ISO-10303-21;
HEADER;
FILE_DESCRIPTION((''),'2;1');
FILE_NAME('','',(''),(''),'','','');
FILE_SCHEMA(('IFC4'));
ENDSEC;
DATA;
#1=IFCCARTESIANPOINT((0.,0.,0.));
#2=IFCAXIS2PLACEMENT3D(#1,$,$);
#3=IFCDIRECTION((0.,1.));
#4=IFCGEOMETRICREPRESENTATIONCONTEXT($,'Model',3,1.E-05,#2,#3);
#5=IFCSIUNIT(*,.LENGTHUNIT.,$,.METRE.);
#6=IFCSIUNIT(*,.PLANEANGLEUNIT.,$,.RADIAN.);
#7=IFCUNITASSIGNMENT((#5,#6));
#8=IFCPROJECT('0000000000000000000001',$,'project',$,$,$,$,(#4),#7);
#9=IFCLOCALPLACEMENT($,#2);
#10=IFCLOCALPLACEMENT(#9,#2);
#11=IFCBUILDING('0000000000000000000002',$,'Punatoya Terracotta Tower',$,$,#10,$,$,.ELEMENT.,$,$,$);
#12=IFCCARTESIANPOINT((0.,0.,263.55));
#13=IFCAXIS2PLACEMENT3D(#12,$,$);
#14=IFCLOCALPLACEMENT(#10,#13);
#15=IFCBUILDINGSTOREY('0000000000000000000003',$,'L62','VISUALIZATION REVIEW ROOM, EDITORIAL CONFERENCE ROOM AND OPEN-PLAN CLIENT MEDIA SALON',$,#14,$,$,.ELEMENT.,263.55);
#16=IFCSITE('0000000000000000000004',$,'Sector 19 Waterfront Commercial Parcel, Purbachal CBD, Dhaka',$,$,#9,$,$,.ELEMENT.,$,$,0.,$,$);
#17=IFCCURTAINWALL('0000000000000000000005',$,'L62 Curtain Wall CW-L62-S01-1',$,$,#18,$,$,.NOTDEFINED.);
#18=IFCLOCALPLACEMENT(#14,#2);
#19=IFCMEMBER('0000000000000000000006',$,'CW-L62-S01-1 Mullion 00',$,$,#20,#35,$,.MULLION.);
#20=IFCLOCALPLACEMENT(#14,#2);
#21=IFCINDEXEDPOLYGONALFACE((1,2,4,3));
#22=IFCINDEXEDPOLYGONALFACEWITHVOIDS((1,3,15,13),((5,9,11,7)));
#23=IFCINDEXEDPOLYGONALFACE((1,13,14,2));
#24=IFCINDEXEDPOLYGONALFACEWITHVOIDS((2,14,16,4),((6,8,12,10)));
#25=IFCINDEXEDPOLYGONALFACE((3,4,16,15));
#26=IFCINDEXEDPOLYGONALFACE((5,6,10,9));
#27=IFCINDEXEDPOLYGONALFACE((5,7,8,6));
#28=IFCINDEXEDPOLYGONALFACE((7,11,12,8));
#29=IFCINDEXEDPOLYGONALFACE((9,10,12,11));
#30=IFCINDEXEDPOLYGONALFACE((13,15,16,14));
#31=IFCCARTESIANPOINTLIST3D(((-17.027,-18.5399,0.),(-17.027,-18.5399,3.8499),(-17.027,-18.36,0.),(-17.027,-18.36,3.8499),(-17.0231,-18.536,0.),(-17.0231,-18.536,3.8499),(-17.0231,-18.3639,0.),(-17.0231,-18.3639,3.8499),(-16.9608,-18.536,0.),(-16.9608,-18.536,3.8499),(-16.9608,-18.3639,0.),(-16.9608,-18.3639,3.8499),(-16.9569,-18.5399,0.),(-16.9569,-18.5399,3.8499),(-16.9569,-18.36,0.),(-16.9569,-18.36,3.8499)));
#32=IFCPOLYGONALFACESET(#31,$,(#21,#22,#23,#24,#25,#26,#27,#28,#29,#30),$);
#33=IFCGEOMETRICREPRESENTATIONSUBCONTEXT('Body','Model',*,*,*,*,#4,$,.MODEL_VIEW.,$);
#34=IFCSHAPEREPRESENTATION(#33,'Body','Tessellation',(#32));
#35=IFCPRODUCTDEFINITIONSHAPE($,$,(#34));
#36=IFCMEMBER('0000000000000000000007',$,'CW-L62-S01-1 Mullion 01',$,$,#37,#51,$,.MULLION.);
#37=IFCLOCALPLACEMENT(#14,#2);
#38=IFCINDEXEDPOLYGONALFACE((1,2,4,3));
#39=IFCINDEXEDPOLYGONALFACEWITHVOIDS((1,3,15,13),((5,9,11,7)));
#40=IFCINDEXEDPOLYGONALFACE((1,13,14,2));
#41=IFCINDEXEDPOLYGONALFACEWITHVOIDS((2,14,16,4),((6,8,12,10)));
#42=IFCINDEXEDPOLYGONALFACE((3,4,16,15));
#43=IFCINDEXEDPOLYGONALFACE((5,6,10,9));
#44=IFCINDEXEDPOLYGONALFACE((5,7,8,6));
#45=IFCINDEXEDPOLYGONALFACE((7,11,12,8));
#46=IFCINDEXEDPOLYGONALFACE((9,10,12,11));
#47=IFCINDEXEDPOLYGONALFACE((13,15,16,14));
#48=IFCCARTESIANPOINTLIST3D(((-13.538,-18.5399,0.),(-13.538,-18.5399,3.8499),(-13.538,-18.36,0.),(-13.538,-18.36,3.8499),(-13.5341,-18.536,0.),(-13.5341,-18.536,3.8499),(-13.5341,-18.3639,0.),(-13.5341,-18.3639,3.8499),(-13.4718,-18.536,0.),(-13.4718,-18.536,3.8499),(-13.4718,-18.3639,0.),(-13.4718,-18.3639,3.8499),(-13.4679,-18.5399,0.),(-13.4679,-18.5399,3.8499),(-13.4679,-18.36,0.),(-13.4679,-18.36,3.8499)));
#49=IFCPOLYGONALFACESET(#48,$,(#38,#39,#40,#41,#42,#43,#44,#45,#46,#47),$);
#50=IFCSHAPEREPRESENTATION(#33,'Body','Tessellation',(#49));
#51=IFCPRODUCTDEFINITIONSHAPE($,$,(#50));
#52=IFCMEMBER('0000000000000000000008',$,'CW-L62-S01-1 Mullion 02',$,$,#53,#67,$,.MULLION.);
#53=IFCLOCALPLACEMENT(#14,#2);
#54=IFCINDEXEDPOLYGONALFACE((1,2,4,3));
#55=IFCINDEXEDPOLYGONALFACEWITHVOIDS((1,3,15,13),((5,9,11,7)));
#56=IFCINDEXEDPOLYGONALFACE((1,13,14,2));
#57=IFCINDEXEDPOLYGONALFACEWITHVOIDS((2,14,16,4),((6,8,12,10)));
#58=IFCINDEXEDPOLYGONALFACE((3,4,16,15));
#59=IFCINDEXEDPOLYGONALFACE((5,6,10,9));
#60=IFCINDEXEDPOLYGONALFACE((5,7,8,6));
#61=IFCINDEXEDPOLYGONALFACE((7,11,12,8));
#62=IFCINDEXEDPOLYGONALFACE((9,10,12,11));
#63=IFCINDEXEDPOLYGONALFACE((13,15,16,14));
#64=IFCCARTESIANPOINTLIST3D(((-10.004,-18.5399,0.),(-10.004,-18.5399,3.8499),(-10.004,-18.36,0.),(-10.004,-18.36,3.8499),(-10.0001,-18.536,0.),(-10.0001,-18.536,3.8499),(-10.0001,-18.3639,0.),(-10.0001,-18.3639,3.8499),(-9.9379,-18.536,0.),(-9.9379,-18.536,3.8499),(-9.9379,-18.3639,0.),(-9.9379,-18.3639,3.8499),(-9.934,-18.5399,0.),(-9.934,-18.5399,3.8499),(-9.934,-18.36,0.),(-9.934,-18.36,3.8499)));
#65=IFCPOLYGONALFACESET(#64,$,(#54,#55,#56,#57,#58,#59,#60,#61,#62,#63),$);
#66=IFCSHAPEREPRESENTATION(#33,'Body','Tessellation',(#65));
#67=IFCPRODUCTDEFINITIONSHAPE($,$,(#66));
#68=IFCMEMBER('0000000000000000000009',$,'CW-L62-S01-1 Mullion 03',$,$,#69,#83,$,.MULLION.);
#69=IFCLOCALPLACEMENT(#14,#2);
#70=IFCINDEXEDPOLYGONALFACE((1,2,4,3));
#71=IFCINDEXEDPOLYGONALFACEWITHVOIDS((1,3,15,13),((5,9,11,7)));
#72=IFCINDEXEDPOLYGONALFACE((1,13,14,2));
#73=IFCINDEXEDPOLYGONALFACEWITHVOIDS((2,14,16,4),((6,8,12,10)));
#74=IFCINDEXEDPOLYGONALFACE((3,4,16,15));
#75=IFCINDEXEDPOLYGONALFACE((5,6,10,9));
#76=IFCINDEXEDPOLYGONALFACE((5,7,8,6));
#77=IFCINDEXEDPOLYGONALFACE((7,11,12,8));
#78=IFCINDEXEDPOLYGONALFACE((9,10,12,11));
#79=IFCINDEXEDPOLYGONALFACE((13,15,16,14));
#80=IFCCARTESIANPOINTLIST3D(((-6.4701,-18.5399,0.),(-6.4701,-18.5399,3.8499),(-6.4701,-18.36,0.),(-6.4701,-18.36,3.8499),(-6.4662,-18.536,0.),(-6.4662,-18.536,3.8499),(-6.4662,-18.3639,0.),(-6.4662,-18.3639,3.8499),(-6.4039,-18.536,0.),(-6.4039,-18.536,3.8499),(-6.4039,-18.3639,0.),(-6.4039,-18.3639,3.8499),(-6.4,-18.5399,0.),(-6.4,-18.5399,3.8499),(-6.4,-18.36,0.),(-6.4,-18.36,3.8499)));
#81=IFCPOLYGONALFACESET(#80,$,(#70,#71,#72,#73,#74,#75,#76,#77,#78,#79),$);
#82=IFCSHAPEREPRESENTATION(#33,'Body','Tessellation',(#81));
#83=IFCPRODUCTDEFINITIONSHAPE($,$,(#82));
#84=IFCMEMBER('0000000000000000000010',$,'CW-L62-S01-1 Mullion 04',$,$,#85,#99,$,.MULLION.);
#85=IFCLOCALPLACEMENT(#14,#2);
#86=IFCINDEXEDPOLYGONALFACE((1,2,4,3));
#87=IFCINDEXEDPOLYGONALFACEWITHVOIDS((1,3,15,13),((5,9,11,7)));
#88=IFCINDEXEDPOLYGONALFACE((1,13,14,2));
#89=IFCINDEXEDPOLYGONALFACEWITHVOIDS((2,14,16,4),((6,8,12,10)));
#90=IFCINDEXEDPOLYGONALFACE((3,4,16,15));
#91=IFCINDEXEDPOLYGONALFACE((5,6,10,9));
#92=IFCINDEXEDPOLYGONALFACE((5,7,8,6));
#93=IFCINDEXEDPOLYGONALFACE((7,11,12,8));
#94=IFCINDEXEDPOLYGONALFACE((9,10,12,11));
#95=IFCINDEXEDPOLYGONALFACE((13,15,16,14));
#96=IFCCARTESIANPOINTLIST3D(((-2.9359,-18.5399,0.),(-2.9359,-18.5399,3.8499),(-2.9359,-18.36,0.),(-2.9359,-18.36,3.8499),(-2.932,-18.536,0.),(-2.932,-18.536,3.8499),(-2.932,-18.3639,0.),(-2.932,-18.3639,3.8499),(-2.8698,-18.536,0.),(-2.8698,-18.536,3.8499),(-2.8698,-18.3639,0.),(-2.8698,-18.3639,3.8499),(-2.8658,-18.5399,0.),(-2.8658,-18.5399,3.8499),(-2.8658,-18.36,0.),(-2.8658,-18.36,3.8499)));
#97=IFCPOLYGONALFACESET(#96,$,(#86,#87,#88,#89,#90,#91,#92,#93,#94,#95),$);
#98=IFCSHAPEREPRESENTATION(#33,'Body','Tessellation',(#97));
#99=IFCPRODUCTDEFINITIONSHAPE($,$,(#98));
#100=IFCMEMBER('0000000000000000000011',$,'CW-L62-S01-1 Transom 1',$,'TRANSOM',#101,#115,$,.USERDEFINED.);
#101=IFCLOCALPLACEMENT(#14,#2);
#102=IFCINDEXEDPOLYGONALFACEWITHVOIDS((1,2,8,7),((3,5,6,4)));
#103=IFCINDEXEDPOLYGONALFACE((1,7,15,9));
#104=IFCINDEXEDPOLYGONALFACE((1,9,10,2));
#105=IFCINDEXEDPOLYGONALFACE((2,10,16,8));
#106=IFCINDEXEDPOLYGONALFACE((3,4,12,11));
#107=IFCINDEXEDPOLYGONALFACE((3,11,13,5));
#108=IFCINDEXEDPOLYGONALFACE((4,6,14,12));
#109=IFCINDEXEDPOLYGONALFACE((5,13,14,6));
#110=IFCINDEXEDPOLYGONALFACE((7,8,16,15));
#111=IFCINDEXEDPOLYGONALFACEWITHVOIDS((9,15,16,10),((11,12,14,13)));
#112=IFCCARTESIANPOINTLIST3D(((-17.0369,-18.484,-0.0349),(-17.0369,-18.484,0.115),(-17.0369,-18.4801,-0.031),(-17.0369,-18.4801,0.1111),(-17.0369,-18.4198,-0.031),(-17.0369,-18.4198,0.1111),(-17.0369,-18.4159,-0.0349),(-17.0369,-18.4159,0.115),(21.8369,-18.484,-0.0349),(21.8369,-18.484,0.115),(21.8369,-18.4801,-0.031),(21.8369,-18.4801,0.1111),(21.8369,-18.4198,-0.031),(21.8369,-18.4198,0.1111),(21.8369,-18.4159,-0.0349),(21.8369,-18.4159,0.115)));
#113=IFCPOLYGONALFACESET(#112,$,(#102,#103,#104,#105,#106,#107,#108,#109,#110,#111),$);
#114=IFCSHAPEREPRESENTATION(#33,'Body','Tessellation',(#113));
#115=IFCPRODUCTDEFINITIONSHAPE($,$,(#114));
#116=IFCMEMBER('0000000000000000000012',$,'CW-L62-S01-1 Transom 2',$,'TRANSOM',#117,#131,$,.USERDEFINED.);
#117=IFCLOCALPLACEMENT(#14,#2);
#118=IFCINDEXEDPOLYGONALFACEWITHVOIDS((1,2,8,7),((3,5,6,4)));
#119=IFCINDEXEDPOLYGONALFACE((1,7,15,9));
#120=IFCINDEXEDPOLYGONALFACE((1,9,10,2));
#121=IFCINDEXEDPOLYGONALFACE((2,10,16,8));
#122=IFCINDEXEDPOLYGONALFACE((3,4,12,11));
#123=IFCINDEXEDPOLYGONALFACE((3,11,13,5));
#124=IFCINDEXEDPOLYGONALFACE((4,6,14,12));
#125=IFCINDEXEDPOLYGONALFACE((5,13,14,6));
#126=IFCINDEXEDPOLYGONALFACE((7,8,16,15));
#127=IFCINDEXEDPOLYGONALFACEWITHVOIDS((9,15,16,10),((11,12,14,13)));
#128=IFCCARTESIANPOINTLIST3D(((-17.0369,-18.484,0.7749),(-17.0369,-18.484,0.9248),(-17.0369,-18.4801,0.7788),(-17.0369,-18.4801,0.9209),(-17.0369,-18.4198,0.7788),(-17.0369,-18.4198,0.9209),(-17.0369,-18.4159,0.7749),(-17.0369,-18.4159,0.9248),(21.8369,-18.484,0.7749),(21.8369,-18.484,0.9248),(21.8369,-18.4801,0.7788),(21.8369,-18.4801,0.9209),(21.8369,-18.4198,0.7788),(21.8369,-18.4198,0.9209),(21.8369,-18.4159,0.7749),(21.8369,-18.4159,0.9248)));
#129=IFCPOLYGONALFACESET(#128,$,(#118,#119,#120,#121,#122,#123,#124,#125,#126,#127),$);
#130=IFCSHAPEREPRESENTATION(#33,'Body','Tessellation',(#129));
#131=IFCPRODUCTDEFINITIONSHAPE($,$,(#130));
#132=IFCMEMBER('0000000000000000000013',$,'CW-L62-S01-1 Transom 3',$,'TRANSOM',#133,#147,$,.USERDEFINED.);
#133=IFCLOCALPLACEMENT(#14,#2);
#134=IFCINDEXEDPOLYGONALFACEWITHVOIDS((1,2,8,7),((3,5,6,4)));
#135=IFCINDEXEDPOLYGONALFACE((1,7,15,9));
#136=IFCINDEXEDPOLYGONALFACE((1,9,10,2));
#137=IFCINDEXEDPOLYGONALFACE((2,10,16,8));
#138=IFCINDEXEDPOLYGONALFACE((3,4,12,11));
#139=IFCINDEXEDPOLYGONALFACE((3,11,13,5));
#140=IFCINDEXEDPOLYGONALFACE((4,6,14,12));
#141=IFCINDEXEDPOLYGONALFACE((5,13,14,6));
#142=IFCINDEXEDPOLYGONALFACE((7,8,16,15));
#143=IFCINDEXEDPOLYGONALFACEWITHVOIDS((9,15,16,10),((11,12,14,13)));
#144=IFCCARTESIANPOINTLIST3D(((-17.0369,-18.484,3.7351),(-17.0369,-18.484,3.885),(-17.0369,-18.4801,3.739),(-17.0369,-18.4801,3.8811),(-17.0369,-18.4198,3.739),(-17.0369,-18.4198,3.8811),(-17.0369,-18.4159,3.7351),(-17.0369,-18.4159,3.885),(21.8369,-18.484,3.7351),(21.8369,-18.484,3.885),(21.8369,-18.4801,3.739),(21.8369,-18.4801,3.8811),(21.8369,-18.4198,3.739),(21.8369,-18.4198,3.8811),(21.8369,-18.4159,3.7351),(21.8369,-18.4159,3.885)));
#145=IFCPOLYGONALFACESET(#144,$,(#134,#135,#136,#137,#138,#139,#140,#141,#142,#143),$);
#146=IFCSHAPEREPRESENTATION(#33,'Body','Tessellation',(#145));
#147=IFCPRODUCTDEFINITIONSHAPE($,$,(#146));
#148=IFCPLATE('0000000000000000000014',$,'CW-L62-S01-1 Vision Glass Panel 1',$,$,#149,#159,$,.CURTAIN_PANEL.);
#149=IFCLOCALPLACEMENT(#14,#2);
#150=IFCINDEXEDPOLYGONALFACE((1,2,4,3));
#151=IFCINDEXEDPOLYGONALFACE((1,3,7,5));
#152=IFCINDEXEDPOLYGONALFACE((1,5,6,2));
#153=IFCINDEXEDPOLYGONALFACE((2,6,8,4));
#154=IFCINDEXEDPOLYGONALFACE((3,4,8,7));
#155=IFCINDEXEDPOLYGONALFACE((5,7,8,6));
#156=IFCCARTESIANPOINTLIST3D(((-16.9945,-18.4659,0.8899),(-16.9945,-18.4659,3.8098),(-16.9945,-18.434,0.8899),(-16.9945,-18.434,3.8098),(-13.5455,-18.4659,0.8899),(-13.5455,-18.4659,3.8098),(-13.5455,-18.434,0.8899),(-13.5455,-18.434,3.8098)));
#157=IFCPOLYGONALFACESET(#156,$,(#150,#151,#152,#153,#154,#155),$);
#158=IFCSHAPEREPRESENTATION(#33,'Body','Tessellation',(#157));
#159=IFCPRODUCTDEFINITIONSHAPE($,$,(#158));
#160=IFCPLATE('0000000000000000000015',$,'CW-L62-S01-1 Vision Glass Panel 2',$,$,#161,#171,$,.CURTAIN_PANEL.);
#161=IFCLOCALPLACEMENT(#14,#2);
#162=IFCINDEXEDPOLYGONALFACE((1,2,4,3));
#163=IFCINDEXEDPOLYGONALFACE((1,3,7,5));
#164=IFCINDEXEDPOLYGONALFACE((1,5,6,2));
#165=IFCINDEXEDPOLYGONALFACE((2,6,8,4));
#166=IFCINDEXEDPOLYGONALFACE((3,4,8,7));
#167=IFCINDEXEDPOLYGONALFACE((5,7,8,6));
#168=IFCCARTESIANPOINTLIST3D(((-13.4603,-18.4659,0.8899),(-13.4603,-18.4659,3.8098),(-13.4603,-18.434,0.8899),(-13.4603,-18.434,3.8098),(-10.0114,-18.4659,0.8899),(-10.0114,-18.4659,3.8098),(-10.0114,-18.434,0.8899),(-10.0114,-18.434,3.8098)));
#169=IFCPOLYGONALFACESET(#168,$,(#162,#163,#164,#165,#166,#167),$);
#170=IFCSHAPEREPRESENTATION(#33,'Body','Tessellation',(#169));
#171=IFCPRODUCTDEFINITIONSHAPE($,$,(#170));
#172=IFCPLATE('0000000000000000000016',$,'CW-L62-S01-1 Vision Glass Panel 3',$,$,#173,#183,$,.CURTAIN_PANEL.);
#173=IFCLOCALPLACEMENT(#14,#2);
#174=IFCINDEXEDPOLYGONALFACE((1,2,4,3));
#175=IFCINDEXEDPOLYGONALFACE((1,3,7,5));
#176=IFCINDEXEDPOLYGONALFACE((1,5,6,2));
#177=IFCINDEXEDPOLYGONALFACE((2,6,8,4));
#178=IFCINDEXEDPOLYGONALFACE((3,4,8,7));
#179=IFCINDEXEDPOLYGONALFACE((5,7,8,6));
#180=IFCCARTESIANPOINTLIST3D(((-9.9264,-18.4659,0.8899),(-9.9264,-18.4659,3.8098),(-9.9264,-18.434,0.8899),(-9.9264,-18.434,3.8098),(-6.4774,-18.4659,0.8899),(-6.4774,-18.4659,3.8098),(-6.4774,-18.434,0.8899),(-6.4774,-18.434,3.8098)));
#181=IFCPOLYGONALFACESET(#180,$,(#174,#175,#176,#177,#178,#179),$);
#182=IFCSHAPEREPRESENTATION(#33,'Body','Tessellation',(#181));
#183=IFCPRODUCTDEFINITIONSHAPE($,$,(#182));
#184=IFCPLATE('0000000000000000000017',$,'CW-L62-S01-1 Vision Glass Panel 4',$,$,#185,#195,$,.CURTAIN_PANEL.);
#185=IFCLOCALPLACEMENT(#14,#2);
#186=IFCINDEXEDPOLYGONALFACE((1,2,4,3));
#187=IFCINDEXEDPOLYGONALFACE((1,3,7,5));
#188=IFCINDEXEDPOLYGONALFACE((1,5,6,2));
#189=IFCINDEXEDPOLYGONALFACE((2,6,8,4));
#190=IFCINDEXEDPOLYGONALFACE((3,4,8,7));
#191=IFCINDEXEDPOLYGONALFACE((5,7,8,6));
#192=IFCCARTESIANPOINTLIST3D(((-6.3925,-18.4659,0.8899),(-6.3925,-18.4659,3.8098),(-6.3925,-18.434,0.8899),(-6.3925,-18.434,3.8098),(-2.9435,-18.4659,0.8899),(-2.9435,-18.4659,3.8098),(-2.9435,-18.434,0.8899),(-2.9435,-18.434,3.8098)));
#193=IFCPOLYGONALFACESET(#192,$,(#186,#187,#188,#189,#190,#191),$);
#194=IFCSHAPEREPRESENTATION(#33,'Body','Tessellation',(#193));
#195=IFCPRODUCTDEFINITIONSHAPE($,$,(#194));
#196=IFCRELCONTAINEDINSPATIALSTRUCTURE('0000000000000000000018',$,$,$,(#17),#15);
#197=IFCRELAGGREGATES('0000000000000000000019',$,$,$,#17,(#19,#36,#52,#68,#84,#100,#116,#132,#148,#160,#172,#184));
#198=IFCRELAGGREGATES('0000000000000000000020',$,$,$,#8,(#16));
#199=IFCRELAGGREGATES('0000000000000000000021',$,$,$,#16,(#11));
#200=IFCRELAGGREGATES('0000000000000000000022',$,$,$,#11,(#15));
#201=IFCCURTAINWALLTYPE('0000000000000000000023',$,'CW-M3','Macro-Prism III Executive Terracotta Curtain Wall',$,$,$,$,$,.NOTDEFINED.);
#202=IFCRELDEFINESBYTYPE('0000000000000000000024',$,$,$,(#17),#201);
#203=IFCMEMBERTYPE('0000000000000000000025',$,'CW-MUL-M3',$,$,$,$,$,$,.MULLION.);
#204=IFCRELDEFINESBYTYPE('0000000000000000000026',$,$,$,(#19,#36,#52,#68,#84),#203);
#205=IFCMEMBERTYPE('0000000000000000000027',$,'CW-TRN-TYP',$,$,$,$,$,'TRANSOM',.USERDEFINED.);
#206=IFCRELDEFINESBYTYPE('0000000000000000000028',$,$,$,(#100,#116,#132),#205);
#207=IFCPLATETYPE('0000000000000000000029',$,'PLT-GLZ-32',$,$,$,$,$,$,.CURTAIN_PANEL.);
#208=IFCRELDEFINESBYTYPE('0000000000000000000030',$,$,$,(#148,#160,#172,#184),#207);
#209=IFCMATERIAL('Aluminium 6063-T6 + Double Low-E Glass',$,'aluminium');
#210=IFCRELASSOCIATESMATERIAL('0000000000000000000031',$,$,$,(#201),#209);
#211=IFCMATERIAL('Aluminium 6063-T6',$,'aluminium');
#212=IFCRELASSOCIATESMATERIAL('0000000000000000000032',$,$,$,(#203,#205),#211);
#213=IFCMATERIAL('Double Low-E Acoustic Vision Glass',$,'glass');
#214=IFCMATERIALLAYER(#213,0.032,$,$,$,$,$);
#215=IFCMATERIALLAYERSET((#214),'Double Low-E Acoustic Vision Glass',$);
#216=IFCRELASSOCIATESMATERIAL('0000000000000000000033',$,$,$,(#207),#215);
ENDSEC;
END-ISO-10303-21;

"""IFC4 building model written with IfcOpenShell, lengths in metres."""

from ifc_helpers import new_model, si_unit, direction, frame, origin, origin_2d, place, context, subcontext, project, spatial, rectangle, hollow_rectangle, extrude, material, layer, layer_set, material_profile, profile_set, type_object, element, aggregate, save


model = new_model("IFC4")

# Units and contexts
model_context = context("Model", 3, precision=1e-05, world=origin(), true_north=direction((0.0, 1.0)))
body_context = subcontext(model_context, "Body", "Model", "MODEL_VIEW")
ifc_project = project(units=[si_unit("LENGTHUNIT", "METRE"), si_unit("PLANEANGLEUNIT", "RADIAN")], contexts=[model_context])

# Site, building, storey
site_placement = place(None, origin())
site = spatial("IfcSite", under=ifc_project, at=site_placement, Name="Sector 19 Waterfront Commercial Parcel, Purbachal CBD, Dhaka", CompositionType="ELEMENT", RefElevation=0.0)
building_placement = place(site_placement, origin())
building = spatial("IfcBuilding", under=site, at=building_placement, Name="Punatoya Terracotta Tower", CompositionType="ELEMENT")
storey_placement = place(building_placement, frame((0.0, 0.0, 263.55)))
storey = spatial("IfcBuildingStorey", under=building, at=storey_placement, Name="L62", Description="VISUALIZATION REVIEW ROOM, EDITORIAL CONFERENCE ROOM AND OPEN-PLAN CLIENT MEDIA SALON", CompositionType="ELEMENT", Elevation=263.55)

# Curtain wall, members, plates
ifc_material_1 = material(Name="Aluminium 6063-T6 + Double Low-E Glass", Category="aluminium")
curtain_wall_type = type_object("IfcCurtainWallType", Name="CW-M3", Description="Macro-Prism III Executive Terracotta Curtain Wall", PredefinedType="NOTDEFINED", material=ifc_material_1)
curtain_wall_placement = place(storey_placement, origin())
curtain_wall = element("IfcCurtainWall", 1, at=curtain_wall_placement, inside=storey, type_object=curtain_wall_type, Name="L62 Curtain Wall CW-L62-S01-1", PredefinedType="NOTDEFINED")
ifc_material_2 = material(Name="Aluminium 6063-T6", Category="aluminium")
ifc_material_profile_1 = material_profile(ifc_material_2, hollow_rectangle(XDim=0.0701, YDim=0.1799, WallThickness=0.0039, at=origin_2d()))
ifc_profile_set_1 = profile_set([ifc_material_profile_1], Name="Aluminium 6063-T6")
member_type_1 = type_object("IfcMemberType", Name="CW-MUL-M3", PredefinedType="MULLION", material=ifc_profile_set_1)
member_1_placement = place(storey_placement, frame((-16.9919, -18.45, 0.0), z_axis=(0.0, 0.0, 1.0), x_axis=(1.0, 0.0, 0.0)))
member_1 = element("IfcMember", 2, at=member_1_placement, type_object=member_type_1, Name="CW-L62-S01-1 Mullion 00", PredefinedType="MULLION", context=body_context, shape_type="SweptSolid", body=[
    extrude(hollow_rectangle(XDim=0.0701, YDim=0.1799, WallThickness=0.0039, at=origin_2d()), origin(), (0.0, 0.0, 1.0), 3.8499),
])
member_2_placement = place(storey_placement, frame((-13.5029, -18.45, 0.0), z_axis=(0.0, 0.0, 1.0), x_axis=(1.0, 0.0, 0.0)))
member_2 = element("IfcMember", 3, at=member_2_placement, type_object=member_type_1, Name="CW-L62-S01-1 Mullion 01", PredefinedType="MULLION", context=body_context, shape_type="SweptSolid", body=[
    extrude(hollow_rectangle(XDim=0.0701, YDim=0.1799, WallThickness=0.0039, at=origin_2d()), origin(), (0.0, 0.0, 1.0), 3.8499),
])
member_3_placement = place(storey_placement, frame((-9.969, -18.45, 0.0), z_axis=(0.0, 0.0, 1.0), x_axis=(1.0, 0.0, 0.0)))
member_3 = element("IfcMember", 4, at=member_3_placement, type_object=member_type_1, Name="CW-L62-S01-1 Mullion 02", PredefinedType="MULLION", context=body_context, shape_type="SweptSolid", body=[
    extrude(hollow_rectangle(XDim=0.0701, YDim=0.1799, WallThickness=0.0039, at=origin_2d()), origin(), (0.0, 0.0, 1.0), 3.8499),
])
member_4_placement = place(storey_placement, frame((-6.4351, -18.45, 0.0), z_axis=(0.0, 0.0, 1.0), x_axis=(1.0, 0.0, 0.0)))
member_4 = element("IfcMember", 5, at=member_4_placement, type_object=member_type_1, Name="CW-L62-S01-1 Mullion 03", PredefinedType="MULLION", context=body_context, shape_type="SweptSolid", body=[
    extrude(hollow_rectangle(XDim=0.0701, YDim=0.1799, WallThickness=0.0039, at=origin_2d()), origin(), (0.0, 0.0, 1.0), 3.8499),
])
member_5_placement = place(storey_placement, frame((-2.9009, -18.45, 0.0), z_axis=(0.0, 0.0, 1.0), x_axis=(1.0, 0.0, 0.0)))
member_5 = element("IfcMember", 6, at=member_5_placement, type_object=member_type_1, Name="CW-L62-S01-1 Mullion 04", PredefinedType="MULLION", context=body_context, shape_type="SweptSolid", body=[
    extrude(hollow_rectangle(XDim=0.0701, YDim=0.1799, WallThickness=0.0039, at=origin_2d()), origin(), (0.0, 0.0, 1.0), 3.8499),
])
ifc_material_profile_2 = material_profile(ifc_material_2, hollow_rectangle(XDim=0.0681, YDim=0.1499, WallThickness=0.0039, at=origin_2d()))
ifc_profile_set_2 = profile_set([ifc_material_profile_2], Name="Aluminium 6063-T6")
member_type_2 = type_object("IfcMemberType", Name="CW-TRN-TYP", ElementType="TRANSOM", PredefinedType="USERDEFINED", material=ifc_profile_set_2)
member_6_placement = place(storey_placement, frame((-17.0369, -18.45, 0.04), z_axis=(1.0, 0.0, 0.0), x_axis=(0.0, 1.0, 0.0)))
member_6 = element("IfcMember", 7, at=member_6_placement, type_object=member_type_2, Name="CW-L62-S01-1 Transom 1", ObjectType="TRANSOM", PredefinedType="USERDEFINED", context=body_context, shape_type="SweptSolid", body=[
    extrude(hollow_rectangle(XDim=0.0681, YDim=0.1499, WallThickness=0.0039, at=origin_2d()), origin(), (0.0, 0.0, 1.0), 38.8738),
])
member_7_placement = place(storey_placement, frame((-17.0369, -18.45, 0.8499), z_axis=(1.0, 0.0, 0.0), x_axis=(0.0, 1.0, 0.0)))
member_7 = element("IfcMember", 8, at=member_7_placement, type_object=member_type_2, Name="CW-L62-S01-1 Transom 2", ObjectType="TRANSOM", PredefinedType="USERDEFINED", context=body_context, shape_type="SweptSolid", body=[
    extrude(hollow_rectangle(XDim=0.0681, YDim=0.1499, WallThickness=0.0039, at=origin_2d()), origin(), (0.0, 0.0, 1.0), 38.8738),
])
member_8_placement = place(storey_placement, frame((-17.0369, -18.45, 3.8101), z_axis=(1.0, 0.0, 0.0), x_axis=(0.0, 1.0, 0.0)))
member_8 = element("IfcMember", 9, at=member_8_placement, type_object=member_type_2, Name="CW-L62-S01-1 Transom 3", ObjectType="TRANSOM", PredefinedType="USERDEFINED", context=body_context, shape_type="SweptSolid", body=[
    extrude(hollow_rectangle(XDim=0.0681, YDim=0.1499, WallThickness=0.0039, at=origin_2d()), origin(), (0.0, 0.0, 1.0), 38.8738),
])
ifc_material_3 = material(Name="Double Low-E Acoustic Vision Glass", Category="glass")
ifc_layer_1 = layer(ifc_material_3, 0.032)
ifc_layer_set_1 = layer_set([ifc_layer_1], Name="Double Low-E Acoustic Vision Glass")
plate_type_1 = type_object("IfcPlateType", Name="PLT-GLZ-32", PredefinedType="CURTAIN_PANEL", material=ifc_layer_set_1)
plate_1_placement = place(storey_placement, frame((-15.27, -18.45, 0.8899), z_axis=(0.0, 0.0, 1.0), x_axis=(1.0, 0.0, 0.0)))
plate_1 = element("IfcPlate", 10, at=plate_1_placement, type_object=plate_type_1, Name="CW-L62-S01-1 Vision Glass Panel 1", PredefinedType="CURTAIN_PANEL", context=body_context, shape_type="SweptSolid", body=[
    extrude(rectangle(XDim=3.449, YDim=0.032, at=origin_2d()), origin(), (0.0, 0.0, 1.0), 2.9199),
])
plate_2_placement = place(storey_placement, frame((-11.7358, -18.45, 0.8899), z_axis=(0.0, 0.0, 1.0), x_axis=(1.0, 0.0, 0.0)))
plate_2 = element("IfcPlate", 11, at=plate_2_placement, type_object=plate_type_1, Name="CW-L62-S01-1 Vision Glass Panel 2", PredefinedType="CURTAIN_PANEL", context=body_context, shape_type="SweptSolid", body=[
    extrude(rectangle(XDim=3.449, YDim=0.032, at=origin_2d()), origin(), (0.0, 0.0, 1.0), 2.9199),
])
plate_3_placement = place(storey_placement, frame((-8.2019, -18.45, 0.8899), z_axis=(0.0, 0.0, 1.0), x_axis=(1.0, 0.0, 0.0)))
plate_3 = element("IfcPlate", 12, at=plate_3_placement, type_object=plate_type_1, Name="CW-L62-S01-1 Vision Glass Panel 3", PredefinedType="CURTAIN_PANEL", context=body_context, shape_type="SweptSolid", body=[
    extrude(rectangle(XDim=3.449, YDim=0.032, at=origin_2d()), origin(), (0.0, 0.0, 1.0), 2.9199),
])
plate_4_placement = place(storey_placement, frame((-4.668, -18.45, 0.8899), z_axis=(0.0, 0.0, 1.0), x_axis=(1.0, 0.0, 0.0)))
plate_4 = element("IfcPlate", 13, at=plate_4_placement, type_object=plate_type_1, Name="CW-L62-S01-1 Vision Glass Panel 4", PredefinedType="CURTAIN_PANEL", context=body_context, shape_type="SweptSolid", body=[
    extrude(rectangle(XDim=3.449, YDim=0.032, at=origin_2d()), origin(), (0.0, 0.0, 1.0), 2.9199),
])
aggregate(curtain_wall, [member_1, member_2, member_3, member_4, member_5, member_6, member_7, member_8, plate_1, plate_2, plate_3, plate_4])

save(model, "model.ifc")
